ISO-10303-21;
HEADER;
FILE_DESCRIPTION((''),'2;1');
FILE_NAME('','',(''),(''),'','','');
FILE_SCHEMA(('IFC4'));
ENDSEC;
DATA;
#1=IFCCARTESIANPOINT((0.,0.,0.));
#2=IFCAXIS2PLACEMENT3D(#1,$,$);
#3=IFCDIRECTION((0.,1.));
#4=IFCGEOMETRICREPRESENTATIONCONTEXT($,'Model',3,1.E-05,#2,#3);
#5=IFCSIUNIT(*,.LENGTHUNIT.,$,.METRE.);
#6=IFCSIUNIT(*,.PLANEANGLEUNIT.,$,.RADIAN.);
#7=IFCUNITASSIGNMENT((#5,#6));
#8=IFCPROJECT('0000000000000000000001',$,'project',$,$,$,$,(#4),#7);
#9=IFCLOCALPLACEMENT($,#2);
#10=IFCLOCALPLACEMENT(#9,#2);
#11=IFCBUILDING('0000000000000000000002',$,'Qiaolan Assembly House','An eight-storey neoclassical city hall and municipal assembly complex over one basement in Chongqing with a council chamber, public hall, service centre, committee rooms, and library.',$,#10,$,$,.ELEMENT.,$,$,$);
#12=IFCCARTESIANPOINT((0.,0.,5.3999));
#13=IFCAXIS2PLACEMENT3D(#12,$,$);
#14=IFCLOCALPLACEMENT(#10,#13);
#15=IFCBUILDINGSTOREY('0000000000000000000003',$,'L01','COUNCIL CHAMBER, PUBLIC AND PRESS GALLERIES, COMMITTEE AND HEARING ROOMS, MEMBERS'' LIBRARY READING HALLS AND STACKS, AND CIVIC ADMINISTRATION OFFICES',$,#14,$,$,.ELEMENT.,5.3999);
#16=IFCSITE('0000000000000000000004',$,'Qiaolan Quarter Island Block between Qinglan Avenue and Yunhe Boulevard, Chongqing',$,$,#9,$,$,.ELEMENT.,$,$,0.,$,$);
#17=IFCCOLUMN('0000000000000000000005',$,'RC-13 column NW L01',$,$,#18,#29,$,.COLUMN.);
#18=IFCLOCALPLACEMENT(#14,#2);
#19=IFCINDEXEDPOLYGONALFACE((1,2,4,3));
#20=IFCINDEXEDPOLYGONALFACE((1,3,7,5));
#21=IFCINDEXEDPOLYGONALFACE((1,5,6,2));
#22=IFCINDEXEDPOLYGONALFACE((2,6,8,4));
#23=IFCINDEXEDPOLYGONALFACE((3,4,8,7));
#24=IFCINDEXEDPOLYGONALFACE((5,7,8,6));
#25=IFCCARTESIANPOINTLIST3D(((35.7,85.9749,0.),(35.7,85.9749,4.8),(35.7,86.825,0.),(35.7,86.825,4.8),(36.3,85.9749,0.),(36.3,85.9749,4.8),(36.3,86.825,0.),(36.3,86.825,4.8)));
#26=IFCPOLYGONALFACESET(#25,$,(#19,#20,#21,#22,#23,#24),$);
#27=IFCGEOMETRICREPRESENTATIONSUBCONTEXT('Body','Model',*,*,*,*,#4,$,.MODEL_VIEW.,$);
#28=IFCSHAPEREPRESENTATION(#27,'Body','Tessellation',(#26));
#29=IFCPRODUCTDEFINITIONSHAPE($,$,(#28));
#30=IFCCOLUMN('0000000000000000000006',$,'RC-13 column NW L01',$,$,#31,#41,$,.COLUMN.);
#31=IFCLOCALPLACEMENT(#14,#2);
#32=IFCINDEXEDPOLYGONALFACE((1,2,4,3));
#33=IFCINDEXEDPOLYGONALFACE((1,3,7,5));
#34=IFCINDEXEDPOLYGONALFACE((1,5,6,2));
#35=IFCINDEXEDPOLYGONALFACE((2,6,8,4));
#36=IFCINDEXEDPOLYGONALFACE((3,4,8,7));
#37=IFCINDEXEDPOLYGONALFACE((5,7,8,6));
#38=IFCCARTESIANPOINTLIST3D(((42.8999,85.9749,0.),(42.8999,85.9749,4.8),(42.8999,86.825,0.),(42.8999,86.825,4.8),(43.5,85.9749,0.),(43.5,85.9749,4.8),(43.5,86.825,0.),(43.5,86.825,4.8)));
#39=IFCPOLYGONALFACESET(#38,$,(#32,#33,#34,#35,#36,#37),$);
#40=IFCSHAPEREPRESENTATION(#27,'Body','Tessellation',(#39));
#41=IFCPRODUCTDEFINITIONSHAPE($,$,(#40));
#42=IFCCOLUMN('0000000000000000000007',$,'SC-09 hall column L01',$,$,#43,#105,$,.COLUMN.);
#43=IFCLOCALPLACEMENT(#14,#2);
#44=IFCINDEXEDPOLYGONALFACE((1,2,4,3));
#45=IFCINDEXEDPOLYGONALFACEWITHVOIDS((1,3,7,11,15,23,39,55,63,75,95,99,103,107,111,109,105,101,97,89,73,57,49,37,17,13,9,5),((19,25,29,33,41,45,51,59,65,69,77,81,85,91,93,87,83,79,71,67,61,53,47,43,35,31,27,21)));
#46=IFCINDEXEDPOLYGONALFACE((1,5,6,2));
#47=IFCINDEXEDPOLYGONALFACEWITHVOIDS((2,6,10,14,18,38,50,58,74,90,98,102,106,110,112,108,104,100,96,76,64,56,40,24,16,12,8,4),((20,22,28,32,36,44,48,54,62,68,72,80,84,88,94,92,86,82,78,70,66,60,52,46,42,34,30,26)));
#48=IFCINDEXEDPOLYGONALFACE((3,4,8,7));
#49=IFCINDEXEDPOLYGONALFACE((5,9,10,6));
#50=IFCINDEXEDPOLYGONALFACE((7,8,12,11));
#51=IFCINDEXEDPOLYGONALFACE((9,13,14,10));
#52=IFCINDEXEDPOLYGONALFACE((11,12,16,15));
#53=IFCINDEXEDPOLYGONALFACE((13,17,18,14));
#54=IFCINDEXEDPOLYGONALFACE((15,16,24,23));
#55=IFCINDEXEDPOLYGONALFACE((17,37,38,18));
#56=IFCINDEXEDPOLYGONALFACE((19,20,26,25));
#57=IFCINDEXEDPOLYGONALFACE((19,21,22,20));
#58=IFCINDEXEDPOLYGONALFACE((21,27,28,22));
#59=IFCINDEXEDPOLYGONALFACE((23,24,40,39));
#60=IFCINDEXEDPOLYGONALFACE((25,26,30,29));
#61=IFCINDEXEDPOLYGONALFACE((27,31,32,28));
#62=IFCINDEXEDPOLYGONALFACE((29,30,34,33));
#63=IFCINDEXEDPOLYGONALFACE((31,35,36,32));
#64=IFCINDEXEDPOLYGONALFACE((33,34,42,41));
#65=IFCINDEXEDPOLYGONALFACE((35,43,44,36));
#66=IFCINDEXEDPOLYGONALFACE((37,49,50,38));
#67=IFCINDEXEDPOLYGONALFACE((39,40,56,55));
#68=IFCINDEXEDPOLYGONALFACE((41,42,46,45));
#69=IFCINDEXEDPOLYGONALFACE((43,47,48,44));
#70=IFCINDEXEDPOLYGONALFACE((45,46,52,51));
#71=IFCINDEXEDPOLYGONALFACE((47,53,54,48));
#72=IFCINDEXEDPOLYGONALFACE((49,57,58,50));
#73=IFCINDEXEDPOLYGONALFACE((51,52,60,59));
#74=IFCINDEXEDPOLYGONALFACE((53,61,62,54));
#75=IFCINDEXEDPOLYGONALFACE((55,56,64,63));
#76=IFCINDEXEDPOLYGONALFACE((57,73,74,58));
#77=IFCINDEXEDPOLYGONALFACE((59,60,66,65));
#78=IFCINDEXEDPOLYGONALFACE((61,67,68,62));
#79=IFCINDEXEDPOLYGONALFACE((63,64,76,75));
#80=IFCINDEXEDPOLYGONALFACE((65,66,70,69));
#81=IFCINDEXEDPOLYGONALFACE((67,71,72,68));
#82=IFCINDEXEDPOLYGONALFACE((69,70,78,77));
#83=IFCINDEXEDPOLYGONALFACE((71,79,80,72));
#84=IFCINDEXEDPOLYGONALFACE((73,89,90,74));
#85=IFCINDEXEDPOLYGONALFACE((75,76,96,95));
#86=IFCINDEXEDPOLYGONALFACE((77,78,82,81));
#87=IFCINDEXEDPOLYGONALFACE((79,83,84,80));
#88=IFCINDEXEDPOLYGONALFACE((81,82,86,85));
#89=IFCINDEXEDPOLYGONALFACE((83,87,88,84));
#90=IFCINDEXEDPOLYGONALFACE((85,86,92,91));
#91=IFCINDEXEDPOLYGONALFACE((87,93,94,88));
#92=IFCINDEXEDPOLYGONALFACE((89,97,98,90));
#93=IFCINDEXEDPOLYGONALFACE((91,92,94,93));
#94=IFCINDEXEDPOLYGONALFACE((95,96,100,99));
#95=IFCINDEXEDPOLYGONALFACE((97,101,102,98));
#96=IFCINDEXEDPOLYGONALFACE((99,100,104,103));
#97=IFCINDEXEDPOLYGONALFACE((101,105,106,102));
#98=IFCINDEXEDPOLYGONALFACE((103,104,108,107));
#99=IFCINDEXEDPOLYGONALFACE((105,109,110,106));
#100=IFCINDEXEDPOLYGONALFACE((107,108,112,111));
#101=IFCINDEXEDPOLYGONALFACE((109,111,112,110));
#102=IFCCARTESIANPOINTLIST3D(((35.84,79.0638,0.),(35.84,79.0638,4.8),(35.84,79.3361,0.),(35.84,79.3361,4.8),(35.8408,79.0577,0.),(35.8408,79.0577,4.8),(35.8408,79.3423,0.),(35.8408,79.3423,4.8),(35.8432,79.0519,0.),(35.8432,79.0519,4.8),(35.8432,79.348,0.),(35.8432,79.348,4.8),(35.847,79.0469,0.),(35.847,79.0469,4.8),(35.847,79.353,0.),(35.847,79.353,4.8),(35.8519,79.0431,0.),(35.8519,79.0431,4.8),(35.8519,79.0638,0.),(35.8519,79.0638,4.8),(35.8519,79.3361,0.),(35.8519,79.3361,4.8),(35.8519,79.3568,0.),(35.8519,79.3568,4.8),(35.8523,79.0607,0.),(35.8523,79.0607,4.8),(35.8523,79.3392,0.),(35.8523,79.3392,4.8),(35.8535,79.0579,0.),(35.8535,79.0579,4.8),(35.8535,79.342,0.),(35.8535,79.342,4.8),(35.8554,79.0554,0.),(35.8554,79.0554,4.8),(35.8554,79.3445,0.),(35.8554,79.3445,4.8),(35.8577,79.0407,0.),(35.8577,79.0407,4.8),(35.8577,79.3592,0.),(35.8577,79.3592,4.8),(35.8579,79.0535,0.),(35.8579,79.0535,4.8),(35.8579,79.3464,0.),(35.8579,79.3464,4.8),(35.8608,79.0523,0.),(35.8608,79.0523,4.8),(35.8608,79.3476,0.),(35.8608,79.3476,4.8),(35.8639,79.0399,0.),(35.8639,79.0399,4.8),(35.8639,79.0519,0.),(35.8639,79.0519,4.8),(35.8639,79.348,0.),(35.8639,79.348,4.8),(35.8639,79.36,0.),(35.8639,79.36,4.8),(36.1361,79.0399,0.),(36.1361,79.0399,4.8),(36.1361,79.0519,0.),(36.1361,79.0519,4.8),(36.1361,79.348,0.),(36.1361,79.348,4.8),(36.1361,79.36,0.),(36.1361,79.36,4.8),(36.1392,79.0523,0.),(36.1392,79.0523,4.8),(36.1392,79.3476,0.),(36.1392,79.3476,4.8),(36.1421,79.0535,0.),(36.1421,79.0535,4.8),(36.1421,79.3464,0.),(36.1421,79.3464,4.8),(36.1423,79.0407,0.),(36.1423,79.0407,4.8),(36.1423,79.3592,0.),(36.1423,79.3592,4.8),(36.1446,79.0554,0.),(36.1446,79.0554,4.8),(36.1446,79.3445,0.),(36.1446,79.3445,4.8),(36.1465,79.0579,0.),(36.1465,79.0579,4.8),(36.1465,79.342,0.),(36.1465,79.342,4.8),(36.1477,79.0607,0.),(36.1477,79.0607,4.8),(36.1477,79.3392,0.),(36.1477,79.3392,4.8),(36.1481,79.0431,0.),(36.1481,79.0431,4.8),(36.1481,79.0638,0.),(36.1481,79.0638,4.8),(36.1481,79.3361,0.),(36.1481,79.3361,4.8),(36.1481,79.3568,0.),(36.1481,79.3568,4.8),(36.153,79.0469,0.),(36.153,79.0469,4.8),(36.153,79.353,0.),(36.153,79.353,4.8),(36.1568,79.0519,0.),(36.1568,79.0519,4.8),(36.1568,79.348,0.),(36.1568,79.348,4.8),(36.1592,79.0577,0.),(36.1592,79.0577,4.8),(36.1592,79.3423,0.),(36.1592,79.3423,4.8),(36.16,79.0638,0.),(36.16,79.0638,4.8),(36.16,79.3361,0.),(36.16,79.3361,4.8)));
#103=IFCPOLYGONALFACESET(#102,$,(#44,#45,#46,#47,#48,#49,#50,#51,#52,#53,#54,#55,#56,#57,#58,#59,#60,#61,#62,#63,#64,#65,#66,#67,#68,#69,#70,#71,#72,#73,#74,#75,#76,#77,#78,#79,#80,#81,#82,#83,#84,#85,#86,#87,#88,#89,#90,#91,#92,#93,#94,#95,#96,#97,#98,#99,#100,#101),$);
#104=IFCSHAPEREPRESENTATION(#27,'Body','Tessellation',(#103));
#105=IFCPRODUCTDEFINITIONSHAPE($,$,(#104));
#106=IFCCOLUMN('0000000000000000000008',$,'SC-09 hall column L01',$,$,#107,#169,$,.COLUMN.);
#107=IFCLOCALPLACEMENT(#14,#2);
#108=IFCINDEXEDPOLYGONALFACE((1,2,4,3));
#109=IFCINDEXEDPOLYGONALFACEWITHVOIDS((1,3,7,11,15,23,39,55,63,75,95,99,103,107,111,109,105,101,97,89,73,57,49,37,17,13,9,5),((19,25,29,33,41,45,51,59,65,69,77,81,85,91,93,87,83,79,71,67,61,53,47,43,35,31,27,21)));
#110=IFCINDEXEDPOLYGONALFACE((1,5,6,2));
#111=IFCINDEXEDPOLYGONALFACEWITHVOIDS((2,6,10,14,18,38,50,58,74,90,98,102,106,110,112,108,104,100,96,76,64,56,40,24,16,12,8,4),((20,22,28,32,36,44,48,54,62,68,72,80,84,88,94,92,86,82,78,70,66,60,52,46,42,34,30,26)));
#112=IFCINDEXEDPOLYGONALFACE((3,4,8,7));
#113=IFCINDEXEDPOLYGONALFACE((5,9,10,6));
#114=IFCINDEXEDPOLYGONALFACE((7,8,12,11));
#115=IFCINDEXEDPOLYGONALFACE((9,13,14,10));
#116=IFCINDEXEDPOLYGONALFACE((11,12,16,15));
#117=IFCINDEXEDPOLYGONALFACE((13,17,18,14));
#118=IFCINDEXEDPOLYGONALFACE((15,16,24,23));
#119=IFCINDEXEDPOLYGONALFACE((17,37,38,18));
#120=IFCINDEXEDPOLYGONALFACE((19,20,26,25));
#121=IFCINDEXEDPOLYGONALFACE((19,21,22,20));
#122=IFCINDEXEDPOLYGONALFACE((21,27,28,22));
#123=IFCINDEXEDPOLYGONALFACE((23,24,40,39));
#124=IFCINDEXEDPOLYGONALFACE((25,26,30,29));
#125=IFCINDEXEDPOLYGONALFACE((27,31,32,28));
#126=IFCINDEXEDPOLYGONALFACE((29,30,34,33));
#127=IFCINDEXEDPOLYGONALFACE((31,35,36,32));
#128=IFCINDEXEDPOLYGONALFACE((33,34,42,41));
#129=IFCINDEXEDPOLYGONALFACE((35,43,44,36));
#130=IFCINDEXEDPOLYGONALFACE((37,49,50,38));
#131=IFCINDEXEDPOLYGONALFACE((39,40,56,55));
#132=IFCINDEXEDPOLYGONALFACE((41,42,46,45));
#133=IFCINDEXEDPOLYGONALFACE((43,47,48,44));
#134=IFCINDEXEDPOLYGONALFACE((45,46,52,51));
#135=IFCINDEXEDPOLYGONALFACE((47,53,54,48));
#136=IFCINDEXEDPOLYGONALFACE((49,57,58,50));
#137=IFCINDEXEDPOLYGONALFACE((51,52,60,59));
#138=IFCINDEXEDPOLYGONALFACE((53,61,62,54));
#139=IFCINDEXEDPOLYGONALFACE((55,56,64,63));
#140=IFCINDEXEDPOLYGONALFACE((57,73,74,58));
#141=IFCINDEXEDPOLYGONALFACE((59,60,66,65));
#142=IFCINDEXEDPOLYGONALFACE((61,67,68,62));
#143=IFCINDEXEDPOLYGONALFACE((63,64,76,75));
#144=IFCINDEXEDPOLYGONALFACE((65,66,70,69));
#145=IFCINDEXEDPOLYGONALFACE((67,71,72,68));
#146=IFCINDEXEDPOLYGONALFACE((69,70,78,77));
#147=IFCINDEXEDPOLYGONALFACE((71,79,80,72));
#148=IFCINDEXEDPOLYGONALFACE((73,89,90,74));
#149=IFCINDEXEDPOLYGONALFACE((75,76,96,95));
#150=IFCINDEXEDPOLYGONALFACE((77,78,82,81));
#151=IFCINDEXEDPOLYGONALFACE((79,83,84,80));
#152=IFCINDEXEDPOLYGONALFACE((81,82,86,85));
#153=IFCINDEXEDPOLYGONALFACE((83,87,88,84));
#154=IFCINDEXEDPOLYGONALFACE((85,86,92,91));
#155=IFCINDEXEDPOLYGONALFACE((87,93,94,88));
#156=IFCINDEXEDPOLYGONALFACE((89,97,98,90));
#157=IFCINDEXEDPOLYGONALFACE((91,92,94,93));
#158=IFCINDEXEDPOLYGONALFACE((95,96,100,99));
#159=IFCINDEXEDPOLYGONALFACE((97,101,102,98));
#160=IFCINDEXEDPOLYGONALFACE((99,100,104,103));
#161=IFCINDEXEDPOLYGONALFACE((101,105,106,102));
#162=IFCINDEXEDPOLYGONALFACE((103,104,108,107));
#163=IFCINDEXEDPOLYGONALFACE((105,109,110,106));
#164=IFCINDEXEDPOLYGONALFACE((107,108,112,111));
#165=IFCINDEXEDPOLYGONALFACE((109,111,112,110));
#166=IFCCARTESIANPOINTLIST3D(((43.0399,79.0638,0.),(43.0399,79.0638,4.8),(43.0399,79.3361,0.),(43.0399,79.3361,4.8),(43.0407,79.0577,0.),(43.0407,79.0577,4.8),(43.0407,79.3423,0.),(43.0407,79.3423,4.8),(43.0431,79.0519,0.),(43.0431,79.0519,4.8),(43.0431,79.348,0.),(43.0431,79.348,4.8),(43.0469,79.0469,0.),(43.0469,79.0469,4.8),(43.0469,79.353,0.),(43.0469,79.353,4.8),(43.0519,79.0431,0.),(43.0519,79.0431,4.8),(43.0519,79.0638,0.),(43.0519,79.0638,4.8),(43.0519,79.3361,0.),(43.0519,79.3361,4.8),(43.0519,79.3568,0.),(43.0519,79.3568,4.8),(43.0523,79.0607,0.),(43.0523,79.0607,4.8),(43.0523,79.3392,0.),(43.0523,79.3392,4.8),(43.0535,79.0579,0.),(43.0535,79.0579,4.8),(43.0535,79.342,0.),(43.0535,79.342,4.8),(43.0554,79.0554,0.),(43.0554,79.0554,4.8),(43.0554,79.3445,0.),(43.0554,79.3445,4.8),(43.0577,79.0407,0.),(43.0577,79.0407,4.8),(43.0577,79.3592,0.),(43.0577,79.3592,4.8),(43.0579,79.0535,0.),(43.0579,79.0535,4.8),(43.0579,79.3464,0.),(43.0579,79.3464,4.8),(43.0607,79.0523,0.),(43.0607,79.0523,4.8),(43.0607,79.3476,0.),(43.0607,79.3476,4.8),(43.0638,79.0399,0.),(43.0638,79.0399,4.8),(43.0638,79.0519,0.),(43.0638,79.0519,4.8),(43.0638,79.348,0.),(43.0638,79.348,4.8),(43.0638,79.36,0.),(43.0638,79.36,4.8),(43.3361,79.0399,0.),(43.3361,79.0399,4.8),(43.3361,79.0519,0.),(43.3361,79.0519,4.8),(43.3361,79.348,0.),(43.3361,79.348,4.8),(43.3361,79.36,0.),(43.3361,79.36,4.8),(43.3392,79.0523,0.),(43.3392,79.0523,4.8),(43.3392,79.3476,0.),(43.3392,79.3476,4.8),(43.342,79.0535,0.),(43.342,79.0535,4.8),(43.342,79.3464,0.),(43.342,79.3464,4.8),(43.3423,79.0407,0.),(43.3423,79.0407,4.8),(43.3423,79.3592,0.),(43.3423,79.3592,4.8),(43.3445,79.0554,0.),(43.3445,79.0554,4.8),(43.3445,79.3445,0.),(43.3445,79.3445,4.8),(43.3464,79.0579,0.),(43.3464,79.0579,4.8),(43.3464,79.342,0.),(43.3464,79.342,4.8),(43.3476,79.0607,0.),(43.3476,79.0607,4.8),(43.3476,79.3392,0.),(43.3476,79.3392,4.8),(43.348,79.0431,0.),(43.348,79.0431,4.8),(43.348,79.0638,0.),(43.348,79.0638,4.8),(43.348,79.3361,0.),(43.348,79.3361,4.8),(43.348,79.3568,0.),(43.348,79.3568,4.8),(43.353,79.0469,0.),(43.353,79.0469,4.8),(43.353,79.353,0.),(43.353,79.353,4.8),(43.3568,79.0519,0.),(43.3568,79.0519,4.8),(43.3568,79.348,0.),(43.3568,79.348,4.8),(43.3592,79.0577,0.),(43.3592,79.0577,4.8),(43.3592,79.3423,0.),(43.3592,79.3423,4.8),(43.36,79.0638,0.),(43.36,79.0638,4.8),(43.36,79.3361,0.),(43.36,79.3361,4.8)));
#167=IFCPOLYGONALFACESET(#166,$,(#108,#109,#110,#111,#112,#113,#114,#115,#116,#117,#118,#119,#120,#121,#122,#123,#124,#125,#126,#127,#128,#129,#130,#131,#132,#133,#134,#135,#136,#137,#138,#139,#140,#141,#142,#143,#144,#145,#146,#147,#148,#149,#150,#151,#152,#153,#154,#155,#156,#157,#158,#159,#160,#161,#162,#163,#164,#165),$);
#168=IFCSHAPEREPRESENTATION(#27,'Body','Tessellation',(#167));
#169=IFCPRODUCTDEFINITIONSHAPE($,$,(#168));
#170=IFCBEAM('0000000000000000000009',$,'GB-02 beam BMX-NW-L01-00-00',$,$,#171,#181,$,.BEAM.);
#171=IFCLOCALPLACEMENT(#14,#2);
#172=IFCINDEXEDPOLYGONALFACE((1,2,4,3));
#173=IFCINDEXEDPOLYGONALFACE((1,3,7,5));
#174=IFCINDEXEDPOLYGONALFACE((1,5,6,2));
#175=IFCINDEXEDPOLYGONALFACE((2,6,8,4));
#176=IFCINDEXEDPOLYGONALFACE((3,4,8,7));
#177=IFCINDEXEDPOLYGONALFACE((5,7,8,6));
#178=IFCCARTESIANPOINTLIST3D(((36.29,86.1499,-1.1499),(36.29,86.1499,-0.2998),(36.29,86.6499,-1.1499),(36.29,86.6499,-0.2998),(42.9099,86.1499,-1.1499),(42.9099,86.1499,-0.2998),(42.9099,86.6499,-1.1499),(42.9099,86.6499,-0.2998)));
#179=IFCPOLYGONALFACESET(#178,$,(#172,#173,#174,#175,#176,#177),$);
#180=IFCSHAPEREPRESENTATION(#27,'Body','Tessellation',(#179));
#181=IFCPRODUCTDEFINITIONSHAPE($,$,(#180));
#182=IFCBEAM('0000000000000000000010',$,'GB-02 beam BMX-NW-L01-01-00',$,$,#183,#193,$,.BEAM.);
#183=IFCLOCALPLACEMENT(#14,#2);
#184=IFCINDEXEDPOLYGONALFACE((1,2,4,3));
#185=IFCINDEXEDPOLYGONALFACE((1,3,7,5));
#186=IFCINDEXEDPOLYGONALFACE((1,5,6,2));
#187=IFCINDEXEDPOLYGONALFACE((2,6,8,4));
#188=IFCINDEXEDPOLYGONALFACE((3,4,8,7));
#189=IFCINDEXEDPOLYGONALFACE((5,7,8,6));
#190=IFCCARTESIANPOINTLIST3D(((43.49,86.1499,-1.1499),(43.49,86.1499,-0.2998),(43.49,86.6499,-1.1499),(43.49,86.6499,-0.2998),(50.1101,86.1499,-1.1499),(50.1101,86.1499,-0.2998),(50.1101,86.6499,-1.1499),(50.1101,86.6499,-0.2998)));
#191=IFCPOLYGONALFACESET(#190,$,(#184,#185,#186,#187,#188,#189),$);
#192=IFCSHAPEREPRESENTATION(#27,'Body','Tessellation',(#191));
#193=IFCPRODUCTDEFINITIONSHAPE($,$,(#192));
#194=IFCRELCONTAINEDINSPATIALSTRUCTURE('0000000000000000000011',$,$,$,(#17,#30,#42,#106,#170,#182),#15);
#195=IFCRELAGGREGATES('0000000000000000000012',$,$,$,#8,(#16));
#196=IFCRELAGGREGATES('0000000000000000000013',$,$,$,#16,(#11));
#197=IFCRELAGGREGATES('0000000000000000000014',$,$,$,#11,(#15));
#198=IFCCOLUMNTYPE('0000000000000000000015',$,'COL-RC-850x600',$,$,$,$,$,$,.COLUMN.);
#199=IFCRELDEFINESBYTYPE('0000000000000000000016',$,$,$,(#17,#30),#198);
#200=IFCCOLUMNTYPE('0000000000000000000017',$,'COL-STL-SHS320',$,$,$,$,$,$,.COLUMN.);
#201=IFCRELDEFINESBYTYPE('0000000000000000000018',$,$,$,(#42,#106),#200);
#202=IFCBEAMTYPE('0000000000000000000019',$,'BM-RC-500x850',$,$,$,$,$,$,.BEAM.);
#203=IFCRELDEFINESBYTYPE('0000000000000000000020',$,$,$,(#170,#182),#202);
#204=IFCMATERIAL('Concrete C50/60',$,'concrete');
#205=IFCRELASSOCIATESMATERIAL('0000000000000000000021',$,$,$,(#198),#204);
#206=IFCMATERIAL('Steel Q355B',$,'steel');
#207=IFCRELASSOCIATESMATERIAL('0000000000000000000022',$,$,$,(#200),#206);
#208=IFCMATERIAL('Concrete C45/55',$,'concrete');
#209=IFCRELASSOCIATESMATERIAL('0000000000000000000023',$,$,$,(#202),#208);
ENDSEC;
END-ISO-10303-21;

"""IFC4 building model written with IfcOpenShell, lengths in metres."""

from ifc_helpers import new_model, si_unit, direction, frame, origin, origin_2d, place, context, subcontext, project, spatial, rectangle, hollow_rectangle, extrude, material, material_profile, profile_set, type_object, element, save


model = new_model("IFC4")

# Units and contexts
model_context = context("Model", 3, precision=1e-05, world=origin(), true_north=direction((0.0, 1.0)))
body_context = subcontext(model_context, "Body", "Model", "MODEL_VIEW")
ifc_project = project(units=[si_unit("LENGTHUNIT", "METRE"), si_unit("PLANEANGLEUNIT", "RADIAN")], contexts=[model_context])

# Site, building, storey
site_placement = place(None, origin())
site = spatial("IfcSite", under=ifc_project, at=site_placement, Name="Qiaolan Quarter Island Block between Qinglan Avenue and Yunhe Boulevard, Chongqing", CompositionType="ELEMENT", RefElevation=0.0)
building_placement = place(site_placement, origin())
building = spatial("IfcBuilding", under=site, at=building_placement, Name="Qiaolan Assembly House", Description="An eight-storey neoclassical city hall and municipal assembly complex over one basement in Chongqing with a council chamber, public hall, service centre, committee rooms, and library.", CompositionType="ELEMENT")
storey_placement = place(building_placement, frame((0.0, 0.0, 5.3999)))
storey = spatial("IfcBuildingStorey", under=building, at=storey_placement, Name="L01", Description="COUNCIL CHAMBER, PUBLIC AND PRESS GALLERIES, COMMITTEE AND HEARING ROOMS, MEMBERS' LIBRARY READING HALLS AND STACKS, AND CIVIC ADMINISTRATION OFFICES", CompositionType="ELEMENT", Elevation=5.3999)

# Columns
ifc_material_1 = material(Name="Concrete C50/60", Category="concrete")
ifc_material_profile_1 = material_profile(ifc_material_1, rectangle(XDim=0.6001, YDim=0.8501, at=origin_2d()), Name="RC 850x600")
ifc_profile_set_1 = profile_set([ifc_material_profile_1], Name="Concrete C50/60")
column_type_1 = type_object("IfcColumnType", Name="COL-RC-850x600", PredefinedType="COLUMN", material=ifc_profile_set_1)
for number, where, z_axis, x_axis, name in (
    (1, (36.0, 86.3999, 0.0), (0.0, 0.0, 1.0), (1.0, 0.0, 0.0), "RC-13 column NW L01"),
    (2, (43.2, 86.3999, 0.0), (0.0, 0.0, 1.0), (1.0, 0.0, 0.0), "RC-13 column NW L01"),
):
    element("IfcColumn", number, at=place(storey_placement, frame(where, z_axis=z_axis, x_axis=x_axis)), inside=storey, type_object=column_type_1, Name=name, PredefinedType="COLUMN", context=body_context, shape_type="SweptSolid", body=[
        extrude(rectangle(XDim=0.6001, YDim=0.8501, at=origin_2d()), origin(), (0.0, 0.0, 1.0), 4.8),
    ])
ifc_material_2 = material(Name="Steel Q355B", Category="steel")
ifc_material_profile_2 = material_profile(ifc_material_2, hollow_rectangle(XDim=0.3201, YDim=0.3201, WallThickness=0.012, InnerFilletRadius=0.012, OuterFilletRadius=0.0239, at=origin_2d()), Name="SHS 320x320x12")
ifc_profile_set_2 = profile_set([ifc_material_profile_2], Name="Steel Q355B")
column_type_2 = type_object("IfcColumnType", Name="COL-STL-SHS320", PredefinedType="COLUMN", material=ifc_profile_set_2)
for number, where, z_axis, x_axis, name in (
    (3, (36.0, 79.2, 0.0), (0.0, 0.0, 1.0), (1.0, 0.0, 0.0), "SC-09 hall column L01"),
    (4, (43.2, 79.2, 0.0), (0.0, 0.0, 1.0), (1.0, 0.0, 0.0), "SC-09 hall column L01"),
):
    element("IfcColumn", number, at=place(storey_placement, frame(where, z_axis=z_axis, x_axis=x_axis)), inside=storey, type_object=column_type_2, Name=name, PredefinedType="COLUMN", context=body_context, shape_type="SweptSolid", body=[
        extrude(hollow_rectangle(XDim=0.3201, YDim=0.3201, WallThickness=0.012, InnerFilletRadius=0.012, OuterFilletRadius=0.0239, at=origin_2d()), origin(), (0.0, 0.0, 1.0), 4.8),
    ])

# Beams
ifc_material_3 = material(Name="Concrete C45/55", Category="concrete")
ifc_material_profile_3 = material_profile(ifc_material_3, rectangle(XDim=0.5, YDim=0.8501, at=origin_2d()), Name="RCB 500x850")
ifc_profile_set_3 = profile_set([ifc_material_profile_3], Name="Concrete C45/55")
beam_type_1 = type_object("IfcBeamType", Name="BM-RC-500x850", PredefinedType="BEAM", material=ifc_profile_set_3)
beam_1_placement = place(storey_placement, frame((36.29, 86.3999, -0.7249), z_axis=(1.0, 0.0, 0.0), x_axis=(0.0, 1.0, 0.0)))
element("IfcBeam", 5, at=beam_1_placement, inside=storey, type_object=beam_type_1, Name="GB-02 beam BMX-NW-L01-00-00", PredefinedType="BEAM", context=body_context, shape_type="SweptSolid", body=[
    extrude(rectangle(XDim=0.5, YDim=0.8501, at=origin_2d()), origin(), (0.0, 0.0, 1.0), 6.6199),
])
beam_2_placement = place(storey_placement, frame((43.49, 86.3999, -0.7249), z_axis=(1.0, 0.0, 0.0), x_axis=(0.0, 1.0, 0.0)))
element("IfcBeam", 6, at=beam_2_placement, inside=storey, type_object=beam_type_1, Name="GB-02 beam BMX-NW-L01-01-00", PredefinedType="BEAM", context=body_context, shape_type="SweptSolid", body=[
    extrude(rectangle(XDim=0.5, YDim=0.8501, at=origin_2d()), origin(), (0.0, 0.0, 1.0), 6.6201),
])

save(model, "model.ifc")
